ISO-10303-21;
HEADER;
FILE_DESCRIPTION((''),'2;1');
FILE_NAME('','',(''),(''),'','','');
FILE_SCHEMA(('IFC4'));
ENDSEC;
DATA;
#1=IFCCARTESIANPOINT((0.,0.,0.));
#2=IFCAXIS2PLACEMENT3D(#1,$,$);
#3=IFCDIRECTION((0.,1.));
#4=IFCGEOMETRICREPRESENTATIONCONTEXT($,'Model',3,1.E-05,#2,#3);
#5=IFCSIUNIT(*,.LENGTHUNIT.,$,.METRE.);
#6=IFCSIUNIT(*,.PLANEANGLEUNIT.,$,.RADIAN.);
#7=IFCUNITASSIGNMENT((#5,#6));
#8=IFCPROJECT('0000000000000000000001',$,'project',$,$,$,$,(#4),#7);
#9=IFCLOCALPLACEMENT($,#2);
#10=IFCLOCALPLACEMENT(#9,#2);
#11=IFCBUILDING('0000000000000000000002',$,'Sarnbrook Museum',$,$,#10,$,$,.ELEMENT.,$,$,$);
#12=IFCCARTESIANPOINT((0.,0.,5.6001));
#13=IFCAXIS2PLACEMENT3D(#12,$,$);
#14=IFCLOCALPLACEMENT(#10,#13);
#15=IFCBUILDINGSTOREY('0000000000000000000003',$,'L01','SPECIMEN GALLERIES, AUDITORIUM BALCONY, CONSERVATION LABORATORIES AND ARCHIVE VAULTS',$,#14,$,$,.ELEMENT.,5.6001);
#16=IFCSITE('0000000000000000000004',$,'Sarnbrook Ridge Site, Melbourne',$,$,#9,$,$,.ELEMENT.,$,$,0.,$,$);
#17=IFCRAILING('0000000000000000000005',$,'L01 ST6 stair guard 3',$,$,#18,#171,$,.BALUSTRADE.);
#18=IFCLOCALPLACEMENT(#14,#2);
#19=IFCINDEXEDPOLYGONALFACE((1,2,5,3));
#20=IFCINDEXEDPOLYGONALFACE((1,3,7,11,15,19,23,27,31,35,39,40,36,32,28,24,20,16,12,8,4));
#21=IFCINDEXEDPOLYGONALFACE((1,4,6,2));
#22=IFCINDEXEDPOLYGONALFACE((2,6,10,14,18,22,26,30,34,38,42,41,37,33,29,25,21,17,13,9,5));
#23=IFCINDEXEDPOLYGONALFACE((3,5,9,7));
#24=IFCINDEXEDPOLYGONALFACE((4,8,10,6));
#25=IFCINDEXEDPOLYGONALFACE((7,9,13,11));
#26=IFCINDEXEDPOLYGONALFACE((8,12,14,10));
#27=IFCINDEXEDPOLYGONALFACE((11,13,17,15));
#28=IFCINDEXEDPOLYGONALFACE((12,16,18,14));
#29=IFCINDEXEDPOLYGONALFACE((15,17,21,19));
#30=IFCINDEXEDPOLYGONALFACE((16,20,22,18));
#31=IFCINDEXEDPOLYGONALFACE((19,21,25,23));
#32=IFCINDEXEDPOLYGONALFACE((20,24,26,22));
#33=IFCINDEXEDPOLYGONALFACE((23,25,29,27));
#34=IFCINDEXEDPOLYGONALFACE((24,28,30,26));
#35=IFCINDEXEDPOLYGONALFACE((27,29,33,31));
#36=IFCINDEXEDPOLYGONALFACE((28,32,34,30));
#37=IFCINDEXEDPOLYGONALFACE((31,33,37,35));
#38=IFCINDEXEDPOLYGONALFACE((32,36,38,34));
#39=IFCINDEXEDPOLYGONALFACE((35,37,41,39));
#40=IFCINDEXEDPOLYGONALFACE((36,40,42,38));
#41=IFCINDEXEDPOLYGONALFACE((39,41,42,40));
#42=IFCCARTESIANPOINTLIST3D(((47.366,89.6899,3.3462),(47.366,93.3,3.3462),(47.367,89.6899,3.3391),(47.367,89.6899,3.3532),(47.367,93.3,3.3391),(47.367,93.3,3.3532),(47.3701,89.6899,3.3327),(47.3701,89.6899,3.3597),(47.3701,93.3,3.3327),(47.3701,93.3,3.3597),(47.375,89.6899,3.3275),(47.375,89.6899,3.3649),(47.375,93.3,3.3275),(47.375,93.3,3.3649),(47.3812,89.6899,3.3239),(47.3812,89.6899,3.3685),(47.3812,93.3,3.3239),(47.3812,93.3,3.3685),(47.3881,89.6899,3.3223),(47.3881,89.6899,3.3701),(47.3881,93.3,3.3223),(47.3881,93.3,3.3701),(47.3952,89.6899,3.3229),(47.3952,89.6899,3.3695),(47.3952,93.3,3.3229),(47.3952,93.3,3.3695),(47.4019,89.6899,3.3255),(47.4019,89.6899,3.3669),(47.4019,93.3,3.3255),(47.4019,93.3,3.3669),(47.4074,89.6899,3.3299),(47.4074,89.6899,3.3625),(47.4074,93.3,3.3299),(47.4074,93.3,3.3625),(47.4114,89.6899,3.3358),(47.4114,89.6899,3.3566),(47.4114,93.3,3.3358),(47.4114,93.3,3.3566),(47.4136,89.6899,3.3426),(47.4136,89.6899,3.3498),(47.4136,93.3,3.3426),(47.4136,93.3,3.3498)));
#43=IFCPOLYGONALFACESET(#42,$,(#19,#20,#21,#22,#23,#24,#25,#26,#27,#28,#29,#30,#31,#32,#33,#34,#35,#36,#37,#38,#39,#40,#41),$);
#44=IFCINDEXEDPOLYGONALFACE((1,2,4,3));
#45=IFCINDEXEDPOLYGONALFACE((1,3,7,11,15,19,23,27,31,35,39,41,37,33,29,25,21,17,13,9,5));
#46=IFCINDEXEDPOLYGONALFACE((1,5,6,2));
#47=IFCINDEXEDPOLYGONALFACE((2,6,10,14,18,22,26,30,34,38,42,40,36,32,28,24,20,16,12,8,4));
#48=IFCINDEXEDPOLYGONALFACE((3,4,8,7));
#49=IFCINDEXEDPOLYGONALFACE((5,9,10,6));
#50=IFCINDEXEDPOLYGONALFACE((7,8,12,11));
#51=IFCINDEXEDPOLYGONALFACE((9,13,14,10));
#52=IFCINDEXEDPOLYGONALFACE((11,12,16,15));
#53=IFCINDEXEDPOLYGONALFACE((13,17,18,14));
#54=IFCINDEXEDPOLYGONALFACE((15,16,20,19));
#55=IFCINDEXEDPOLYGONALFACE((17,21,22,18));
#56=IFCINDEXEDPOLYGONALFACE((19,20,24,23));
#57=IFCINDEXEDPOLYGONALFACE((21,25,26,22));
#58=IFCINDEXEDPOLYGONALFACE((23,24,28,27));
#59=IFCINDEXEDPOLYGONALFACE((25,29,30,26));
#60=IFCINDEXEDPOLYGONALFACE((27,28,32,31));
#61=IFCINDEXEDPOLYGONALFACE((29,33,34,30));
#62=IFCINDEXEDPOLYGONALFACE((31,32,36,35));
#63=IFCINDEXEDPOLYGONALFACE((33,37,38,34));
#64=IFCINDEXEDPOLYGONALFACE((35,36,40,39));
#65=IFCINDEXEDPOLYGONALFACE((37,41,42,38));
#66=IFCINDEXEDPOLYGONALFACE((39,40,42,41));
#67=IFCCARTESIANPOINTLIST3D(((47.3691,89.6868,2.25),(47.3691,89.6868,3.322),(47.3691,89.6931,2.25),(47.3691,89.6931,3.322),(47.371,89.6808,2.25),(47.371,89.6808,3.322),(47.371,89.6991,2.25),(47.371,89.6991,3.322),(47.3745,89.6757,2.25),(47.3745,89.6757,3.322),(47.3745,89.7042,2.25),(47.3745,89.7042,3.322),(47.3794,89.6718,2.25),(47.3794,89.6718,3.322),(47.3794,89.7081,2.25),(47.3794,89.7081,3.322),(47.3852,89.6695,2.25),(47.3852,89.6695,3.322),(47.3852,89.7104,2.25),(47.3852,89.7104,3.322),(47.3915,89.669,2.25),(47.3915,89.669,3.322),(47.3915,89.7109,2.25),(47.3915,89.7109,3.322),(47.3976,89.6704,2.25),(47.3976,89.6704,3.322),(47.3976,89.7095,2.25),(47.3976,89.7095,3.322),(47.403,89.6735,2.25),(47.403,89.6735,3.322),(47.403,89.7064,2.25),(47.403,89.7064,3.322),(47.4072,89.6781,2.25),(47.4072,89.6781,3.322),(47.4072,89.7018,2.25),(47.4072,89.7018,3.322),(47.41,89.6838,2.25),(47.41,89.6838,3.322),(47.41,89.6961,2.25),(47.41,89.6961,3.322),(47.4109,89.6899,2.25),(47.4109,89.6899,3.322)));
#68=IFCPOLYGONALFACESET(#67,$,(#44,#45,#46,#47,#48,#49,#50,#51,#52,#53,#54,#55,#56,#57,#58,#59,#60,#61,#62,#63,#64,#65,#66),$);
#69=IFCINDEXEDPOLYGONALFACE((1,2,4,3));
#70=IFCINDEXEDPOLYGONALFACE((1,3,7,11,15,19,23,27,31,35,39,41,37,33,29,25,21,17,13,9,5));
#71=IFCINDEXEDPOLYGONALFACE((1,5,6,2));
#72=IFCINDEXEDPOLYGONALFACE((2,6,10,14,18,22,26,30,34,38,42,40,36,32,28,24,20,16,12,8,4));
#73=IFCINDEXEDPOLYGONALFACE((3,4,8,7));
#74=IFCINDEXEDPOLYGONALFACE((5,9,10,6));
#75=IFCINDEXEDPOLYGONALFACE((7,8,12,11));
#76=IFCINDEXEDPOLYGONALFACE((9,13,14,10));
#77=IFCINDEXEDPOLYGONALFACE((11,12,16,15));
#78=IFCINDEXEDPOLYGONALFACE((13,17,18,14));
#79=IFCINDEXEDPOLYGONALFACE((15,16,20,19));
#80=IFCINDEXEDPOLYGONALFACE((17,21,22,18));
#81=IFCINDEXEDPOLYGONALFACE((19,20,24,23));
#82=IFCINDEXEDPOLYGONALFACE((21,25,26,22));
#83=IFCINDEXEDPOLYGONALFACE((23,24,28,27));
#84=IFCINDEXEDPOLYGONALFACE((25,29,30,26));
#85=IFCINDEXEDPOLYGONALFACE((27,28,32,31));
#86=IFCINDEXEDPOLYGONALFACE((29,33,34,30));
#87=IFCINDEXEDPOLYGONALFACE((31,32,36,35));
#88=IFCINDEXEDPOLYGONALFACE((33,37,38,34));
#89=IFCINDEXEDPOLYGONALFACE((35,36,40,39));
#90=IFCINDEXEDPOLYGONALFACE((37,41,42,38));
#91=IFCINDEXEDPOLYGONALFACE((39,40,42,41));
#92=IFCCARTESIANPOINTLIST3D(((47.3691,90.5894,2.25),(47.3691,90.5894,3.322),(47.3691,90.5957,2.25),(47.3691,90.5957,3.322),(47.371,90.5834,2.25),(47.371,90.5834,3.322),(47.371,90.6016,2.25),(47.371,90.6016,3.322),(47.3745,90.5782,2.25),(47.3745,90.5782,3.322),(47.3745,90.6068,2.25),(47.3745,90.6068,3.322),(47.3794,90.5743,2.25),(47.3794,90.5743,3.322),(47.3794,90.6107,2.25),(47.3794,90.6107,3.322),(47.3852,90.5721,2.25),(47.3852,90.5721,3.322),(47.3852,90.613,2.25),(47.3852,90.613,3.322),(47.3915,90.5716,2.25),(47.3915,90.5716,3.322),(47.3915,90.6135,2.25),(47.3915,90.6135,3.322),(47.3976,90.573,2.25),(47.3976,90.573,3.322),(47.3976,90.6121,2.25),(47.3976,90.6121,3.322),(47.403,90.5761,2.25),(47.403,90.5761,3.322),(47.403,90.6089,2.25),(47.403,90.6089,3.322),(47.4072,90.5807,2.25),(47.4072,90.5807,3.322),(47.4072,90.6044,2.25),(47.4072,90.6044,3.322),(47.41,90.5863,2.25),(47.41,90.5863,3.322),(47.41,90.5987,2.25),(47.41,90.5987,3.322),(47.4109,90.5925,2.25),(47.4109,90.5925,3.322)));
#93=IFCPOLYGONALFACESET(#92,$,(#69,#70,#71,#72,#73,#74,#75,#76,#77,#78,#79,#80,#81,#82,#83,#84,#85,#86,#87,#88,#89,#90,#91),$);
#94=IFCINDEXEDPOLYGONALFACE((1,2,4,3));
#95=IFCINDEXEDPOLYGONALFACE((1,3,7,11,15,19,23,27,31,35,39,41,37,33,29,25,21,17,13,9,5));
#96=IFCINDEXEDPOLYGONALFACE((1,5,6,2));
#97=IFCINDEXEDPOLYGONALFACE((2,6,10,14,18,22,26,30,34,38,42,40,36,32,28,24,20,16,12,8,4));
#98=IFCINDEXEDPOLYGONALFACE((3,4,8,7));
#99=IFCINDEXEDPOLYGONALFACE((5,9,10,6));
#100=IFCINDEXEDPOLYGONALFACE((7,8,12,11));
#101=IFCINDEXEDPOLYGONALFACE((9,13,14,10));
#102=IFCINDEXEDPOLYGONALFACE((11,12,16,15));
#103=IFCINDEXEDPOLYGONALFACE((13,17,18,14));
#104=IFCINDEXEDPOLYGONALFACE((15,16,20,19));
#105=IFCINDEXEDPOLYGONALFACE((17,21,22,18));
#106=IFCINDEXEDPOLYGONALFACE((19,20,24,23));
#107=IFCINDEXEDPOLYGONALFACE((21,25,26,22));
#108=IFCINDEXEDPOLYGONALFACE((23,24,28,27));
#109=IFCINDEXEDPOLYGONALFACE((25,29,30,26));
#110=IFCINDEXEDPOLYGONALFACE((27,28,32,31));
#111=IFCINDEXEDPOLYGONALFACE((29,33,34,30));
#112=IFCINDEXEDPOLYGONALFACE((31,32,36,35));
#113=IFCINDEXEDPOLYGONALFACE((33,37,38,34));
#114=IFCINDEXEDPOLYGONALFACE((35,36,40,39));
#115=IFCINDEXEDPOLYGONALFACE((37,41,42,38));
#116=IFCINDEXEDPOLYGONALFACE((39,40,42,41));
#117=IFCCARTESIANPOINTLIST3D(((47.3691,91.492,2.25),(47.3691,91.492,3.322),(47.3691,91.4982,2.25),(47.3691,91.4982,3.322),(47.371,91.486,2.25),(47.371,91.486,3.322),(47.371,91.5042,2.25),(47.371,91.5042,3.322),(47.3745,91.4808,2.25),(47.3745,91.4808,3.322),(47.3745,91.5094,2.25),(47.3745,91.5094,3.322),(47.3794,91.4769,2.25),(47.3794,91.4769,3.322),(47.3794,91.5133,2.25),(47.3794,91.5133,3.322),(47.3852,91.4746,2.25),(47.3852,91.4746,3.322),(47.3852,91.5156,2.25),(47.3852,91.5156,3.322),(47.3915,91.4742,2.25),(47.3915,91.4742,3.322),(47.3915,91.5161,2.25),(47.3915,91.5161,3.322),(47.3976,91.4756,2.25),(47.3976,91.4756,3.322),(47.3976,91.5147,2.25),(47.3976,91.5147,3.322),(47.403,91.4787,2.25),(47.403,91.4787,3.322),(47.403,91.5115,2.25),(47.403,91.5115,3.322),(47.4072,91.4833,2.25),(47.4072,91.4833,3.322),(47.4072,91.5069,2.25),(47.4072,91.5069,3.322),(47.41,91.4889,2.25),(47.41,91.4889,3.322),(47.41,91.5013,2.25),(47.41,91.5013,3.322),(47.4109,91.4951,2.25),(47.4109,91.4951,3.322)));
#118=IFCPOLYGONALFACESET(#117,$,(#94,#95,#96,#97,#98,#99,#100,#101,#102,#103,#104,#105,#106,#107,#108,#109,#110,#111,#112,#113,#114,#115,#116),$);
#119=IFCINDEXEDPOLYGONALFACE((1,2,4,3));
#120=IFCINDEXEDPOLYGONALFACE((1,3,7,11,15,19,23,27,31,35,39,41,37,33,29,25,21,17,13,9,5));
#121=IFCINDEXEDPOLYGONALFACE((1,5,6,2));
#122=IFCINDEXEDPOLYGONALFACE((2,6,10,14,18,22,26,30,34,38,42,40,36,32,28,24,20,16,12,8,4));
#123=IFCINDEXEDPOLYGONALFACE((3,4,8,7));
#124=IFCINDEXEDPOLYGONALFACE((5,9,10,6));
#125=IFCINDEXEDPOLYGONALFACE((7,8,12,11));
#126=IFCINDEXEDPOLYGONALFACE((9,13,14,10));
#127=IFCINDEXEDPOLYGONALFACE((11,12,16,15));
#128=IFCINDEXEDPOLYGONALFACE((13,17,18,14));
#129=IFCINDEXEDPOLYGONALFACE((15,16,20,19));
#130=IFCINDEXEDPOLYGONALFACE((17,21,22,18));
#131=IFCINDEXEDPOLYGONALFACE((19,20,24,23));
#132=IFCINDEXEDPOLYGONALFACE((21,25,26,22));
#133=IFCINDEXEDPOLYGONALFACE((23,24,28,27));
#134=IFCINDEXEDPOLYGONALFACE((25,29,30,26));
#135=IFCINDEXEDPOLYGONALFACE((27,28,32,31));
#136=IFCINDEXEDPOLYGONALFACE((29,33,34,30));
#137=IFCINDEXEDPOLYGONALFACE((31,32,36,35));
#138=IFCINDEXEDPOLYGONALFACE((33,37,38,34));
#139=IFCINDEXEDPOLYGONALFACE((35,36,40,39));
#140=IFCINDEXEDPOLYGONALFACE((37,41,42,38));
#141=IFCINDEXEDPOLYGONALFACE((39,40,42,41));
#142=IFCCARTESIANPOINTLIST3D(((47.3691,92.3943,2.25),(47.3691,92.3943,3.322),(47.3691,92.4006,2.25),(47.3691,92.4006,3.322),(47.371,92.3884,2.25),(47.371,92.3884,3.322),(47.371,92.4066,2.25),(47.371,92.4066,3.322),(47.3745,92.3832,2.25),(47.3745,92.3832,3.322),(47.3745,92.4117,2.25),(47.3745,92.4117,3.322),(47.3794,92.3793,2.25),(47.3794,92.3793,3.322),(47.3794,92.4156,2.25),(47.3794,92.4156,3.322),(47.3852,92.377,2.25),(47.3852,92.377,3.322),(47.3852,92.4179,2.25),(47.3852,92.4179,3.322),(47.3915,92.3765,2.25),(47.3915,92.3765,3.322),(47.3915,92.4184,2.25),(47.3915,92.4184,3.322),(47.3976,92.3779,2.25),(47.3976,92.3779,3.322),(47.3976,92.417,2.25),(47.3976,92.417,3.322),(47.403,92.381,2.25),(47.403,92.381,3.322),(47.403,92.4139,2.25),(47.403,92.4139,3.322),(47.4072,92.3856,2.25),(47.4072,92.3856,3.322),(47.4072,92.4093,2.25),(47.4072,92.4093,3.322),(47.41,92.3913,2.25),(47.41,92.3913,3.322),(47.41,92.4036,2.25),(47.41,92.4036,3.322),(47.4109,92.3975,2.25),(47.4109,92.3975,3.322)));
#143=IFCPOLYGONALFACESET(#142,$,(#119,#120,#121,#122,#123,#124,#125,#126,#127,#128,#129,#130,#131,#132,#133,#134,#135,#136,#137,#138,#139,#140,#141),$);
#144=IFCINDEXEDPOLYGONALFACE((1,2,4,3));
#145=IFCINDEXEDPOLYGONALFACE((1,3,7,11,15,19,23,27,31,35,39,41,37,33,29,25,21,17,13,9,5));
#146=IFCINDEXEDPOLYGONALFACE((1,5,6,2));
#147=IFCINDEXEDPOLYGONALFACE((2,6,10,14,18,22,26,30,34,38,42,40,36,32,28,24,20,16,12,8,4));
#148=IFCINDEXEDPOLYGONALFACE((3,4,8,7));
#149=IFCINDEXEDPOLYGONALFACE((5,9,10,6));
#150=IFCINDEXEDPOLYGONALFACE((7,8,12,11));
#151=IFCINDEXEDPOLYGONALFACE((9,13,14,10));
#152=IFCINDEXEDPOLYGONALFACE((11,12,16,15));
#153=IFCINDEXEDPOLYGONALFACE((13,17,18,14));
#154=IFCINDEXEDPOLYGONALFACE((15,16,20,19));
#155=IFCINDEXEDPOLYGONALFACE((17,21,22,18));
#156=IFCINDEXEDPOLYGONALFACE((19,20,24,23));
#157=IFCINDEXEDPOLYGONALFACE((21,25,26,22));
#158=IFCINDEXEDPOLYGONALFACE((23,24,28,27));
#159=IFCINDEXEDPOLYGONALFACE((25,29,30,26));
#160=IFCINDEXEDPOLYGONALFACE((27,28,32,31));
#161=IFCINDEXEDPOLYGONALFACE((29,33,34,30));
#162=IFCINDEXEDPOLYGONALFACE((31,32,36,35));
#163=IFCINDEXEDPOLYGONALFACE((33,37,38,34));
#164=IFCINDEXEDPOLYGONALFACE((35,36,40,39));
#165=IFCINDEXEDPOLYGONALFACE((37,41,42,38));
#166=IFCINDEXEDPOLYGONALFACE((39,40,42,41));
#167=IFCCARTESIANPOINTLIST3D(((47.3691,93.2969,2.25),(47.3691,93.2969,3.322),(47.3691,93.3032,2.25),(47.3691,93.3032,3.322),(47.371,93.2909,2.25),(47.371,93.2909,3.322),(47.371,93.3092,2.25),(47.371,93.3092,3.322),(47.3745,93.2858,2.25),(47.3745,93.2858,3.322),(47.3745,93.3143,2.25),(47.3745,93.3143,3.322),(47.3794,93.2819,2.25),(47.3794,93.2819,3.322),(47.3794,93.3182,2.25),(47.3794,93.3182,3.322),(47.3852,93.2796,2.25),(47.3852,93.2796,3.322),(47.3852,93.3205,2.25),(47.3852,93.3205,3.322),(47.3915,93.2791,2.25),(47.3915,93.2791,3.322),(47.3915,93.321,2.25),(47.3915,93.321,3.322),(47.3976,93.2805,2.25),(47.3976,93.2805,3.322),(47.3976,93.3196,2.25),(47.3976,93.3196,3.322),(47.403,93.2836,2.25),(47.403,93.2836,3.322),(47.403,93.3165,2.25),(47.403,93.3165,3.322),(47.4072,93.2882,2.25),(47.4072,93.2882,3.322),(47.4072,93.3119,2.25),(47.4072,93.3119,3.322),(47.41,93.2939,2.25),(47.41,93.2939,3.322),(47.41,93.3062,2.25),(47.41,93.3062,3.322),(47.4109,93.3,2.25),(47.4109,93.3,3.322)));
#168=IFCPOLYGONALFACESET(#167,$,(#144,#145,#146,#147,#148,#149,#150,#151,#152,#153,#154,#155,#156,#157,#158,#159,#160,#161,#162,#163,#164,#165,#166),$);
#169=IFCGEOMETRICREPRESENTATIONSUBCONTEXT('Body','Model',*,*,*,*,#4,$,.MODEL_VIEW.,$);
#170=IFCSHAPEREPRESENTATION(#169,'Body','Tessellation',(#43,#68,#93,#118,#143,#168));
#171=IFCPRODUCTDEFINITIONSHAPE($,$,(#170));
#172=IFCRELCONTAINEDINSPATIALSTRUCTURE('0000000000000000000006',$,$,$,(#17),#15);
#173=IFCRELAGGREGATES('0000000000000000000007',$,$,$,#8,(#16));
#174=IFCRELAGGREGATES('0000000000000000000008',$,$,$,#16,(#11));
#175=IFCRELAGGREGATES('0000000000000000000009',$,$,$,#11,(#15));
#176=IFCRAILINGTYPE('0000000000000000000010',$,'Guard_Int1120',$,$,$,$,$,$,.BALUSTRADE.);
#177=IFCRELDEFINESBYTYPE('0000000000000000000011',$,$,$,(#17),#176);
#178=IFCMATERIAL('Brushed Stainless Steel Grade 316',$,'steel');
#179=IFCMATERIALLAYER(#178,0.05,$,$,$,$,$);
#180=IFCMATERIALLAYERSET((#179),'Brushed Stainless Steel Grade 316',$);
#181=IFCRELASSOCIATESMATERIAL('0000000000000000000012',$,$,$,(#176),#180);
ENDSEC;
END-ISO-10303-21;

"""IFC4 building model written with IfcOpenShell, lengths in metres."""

from ifc_helpers import new_model, si_unit, direction, frame, origin, origin_2d, place, context, subcontext, project, spatial, circle, extrude, material, layer, layer_set, type_object, element, save


model = new_model("IFC4")

# Units and contexts
model_context = context("Model", 3, precision=1e-05, world=origin(), true_north=direction((0.0, 1.0)))
body_context = subcontext(model_context, "Body", "Model", "MODEL_VIEW")
ifc_project = project(units=[si_unit("LENGTHUNIT", "METRE"), si_unit("PLANEANGLEUNIT", "RADIAN")], contexts=[model_context])

# Site, building, storey
site_placement = place(None, origin())
site = spatial("IfcSite", under=ifc_project, at=site_placement, Name="Sarnbrook Ridge Site, Melbourne", CompositionType="ELEMENT", RefElevation=0.0)
building_placement = place(site_placement, origin())
building = spatial("IfcBuilding", under=site, at=building_placement, Name="Sarnbrook Museum", CompositionType="ELEMENT")
storey_placement = place(building_placement, frame((0.0, 0.0, 5.6001)))
storey = spatial("IfcBuildingStorey", under=building, at=storey_placement, Name="L01", Description="SPECIMEN GALLERIES, AUDITORIUM BALCONY, CONSERVATION LABORATORIES AND ARCHIVE VAULTS", CompositionType="ELEMENT", Elevation=5.6001)

# Railing
ifc_material_1 = material(Name="Brushed Stainless Steel Grade 316", Category="steel")
ifc_layer_1 = layer(ifc_material_1, 0.05)
ifc_layer_set_1 = layer_set([ifc_layer_1], Name="Brushed Stainless Steel Grade 316")
railing_type_1 = type_object("IfcRailingType", Name="Guard_Int1120", PredefinedType="BALUSTRADE", material=ifc_layer_set_1)
for number, where, name in (
    (1, (47.3899, 89.6899, 2.25), "L01 ST6 stair guard 3"),
):
    element("IfcRailing", number, at=place(storey_placement, frame(where)), inside=storey, type_object=railing_type_1, Name=name, PredefinedType="BALUSTRADE", context=body_context, shape_type="SweptSolid", body=[
        extrude(circle(Radius=0.0239, at=origin_2d()), frame((0.0, 0.0, 1.0962), z_axis=(0.0, 1.0, 0.0), x_axis=(-1.0, 0.0, 0.0)), (0.0, 0.0, 1.0), 3.6101),
        extrude(circle(Radius=0.021, at=origin_2d()), origin(), (0.0, 0.0, 1.0), 1.072),
        extrude(circle(Radius=0.021, at=origin_2d()), frame((0.0, 0.9026, 0.0)), (0.0, 0.0, 1.0), 1.072),
        extrude(circle(Radius=0.021, at=origin_2d()), frame((0.0, 1.8052, 0.0)), (0.0, 0.0, 1.0), 1.072),
        extrude(circle(Radius=0.021, at=origin_2d()), frame((0.0, 2.7075, 0.0)), (0.0, 0.0, 1.0), 1.072),
        extrude(circle(Radius=0.021, at=origin_2d()), frame((0.0, 3.6101, 0.0)), (0.0, 0.0, 1.0), 1.072),
    ])

save(model, "model.ifc")
